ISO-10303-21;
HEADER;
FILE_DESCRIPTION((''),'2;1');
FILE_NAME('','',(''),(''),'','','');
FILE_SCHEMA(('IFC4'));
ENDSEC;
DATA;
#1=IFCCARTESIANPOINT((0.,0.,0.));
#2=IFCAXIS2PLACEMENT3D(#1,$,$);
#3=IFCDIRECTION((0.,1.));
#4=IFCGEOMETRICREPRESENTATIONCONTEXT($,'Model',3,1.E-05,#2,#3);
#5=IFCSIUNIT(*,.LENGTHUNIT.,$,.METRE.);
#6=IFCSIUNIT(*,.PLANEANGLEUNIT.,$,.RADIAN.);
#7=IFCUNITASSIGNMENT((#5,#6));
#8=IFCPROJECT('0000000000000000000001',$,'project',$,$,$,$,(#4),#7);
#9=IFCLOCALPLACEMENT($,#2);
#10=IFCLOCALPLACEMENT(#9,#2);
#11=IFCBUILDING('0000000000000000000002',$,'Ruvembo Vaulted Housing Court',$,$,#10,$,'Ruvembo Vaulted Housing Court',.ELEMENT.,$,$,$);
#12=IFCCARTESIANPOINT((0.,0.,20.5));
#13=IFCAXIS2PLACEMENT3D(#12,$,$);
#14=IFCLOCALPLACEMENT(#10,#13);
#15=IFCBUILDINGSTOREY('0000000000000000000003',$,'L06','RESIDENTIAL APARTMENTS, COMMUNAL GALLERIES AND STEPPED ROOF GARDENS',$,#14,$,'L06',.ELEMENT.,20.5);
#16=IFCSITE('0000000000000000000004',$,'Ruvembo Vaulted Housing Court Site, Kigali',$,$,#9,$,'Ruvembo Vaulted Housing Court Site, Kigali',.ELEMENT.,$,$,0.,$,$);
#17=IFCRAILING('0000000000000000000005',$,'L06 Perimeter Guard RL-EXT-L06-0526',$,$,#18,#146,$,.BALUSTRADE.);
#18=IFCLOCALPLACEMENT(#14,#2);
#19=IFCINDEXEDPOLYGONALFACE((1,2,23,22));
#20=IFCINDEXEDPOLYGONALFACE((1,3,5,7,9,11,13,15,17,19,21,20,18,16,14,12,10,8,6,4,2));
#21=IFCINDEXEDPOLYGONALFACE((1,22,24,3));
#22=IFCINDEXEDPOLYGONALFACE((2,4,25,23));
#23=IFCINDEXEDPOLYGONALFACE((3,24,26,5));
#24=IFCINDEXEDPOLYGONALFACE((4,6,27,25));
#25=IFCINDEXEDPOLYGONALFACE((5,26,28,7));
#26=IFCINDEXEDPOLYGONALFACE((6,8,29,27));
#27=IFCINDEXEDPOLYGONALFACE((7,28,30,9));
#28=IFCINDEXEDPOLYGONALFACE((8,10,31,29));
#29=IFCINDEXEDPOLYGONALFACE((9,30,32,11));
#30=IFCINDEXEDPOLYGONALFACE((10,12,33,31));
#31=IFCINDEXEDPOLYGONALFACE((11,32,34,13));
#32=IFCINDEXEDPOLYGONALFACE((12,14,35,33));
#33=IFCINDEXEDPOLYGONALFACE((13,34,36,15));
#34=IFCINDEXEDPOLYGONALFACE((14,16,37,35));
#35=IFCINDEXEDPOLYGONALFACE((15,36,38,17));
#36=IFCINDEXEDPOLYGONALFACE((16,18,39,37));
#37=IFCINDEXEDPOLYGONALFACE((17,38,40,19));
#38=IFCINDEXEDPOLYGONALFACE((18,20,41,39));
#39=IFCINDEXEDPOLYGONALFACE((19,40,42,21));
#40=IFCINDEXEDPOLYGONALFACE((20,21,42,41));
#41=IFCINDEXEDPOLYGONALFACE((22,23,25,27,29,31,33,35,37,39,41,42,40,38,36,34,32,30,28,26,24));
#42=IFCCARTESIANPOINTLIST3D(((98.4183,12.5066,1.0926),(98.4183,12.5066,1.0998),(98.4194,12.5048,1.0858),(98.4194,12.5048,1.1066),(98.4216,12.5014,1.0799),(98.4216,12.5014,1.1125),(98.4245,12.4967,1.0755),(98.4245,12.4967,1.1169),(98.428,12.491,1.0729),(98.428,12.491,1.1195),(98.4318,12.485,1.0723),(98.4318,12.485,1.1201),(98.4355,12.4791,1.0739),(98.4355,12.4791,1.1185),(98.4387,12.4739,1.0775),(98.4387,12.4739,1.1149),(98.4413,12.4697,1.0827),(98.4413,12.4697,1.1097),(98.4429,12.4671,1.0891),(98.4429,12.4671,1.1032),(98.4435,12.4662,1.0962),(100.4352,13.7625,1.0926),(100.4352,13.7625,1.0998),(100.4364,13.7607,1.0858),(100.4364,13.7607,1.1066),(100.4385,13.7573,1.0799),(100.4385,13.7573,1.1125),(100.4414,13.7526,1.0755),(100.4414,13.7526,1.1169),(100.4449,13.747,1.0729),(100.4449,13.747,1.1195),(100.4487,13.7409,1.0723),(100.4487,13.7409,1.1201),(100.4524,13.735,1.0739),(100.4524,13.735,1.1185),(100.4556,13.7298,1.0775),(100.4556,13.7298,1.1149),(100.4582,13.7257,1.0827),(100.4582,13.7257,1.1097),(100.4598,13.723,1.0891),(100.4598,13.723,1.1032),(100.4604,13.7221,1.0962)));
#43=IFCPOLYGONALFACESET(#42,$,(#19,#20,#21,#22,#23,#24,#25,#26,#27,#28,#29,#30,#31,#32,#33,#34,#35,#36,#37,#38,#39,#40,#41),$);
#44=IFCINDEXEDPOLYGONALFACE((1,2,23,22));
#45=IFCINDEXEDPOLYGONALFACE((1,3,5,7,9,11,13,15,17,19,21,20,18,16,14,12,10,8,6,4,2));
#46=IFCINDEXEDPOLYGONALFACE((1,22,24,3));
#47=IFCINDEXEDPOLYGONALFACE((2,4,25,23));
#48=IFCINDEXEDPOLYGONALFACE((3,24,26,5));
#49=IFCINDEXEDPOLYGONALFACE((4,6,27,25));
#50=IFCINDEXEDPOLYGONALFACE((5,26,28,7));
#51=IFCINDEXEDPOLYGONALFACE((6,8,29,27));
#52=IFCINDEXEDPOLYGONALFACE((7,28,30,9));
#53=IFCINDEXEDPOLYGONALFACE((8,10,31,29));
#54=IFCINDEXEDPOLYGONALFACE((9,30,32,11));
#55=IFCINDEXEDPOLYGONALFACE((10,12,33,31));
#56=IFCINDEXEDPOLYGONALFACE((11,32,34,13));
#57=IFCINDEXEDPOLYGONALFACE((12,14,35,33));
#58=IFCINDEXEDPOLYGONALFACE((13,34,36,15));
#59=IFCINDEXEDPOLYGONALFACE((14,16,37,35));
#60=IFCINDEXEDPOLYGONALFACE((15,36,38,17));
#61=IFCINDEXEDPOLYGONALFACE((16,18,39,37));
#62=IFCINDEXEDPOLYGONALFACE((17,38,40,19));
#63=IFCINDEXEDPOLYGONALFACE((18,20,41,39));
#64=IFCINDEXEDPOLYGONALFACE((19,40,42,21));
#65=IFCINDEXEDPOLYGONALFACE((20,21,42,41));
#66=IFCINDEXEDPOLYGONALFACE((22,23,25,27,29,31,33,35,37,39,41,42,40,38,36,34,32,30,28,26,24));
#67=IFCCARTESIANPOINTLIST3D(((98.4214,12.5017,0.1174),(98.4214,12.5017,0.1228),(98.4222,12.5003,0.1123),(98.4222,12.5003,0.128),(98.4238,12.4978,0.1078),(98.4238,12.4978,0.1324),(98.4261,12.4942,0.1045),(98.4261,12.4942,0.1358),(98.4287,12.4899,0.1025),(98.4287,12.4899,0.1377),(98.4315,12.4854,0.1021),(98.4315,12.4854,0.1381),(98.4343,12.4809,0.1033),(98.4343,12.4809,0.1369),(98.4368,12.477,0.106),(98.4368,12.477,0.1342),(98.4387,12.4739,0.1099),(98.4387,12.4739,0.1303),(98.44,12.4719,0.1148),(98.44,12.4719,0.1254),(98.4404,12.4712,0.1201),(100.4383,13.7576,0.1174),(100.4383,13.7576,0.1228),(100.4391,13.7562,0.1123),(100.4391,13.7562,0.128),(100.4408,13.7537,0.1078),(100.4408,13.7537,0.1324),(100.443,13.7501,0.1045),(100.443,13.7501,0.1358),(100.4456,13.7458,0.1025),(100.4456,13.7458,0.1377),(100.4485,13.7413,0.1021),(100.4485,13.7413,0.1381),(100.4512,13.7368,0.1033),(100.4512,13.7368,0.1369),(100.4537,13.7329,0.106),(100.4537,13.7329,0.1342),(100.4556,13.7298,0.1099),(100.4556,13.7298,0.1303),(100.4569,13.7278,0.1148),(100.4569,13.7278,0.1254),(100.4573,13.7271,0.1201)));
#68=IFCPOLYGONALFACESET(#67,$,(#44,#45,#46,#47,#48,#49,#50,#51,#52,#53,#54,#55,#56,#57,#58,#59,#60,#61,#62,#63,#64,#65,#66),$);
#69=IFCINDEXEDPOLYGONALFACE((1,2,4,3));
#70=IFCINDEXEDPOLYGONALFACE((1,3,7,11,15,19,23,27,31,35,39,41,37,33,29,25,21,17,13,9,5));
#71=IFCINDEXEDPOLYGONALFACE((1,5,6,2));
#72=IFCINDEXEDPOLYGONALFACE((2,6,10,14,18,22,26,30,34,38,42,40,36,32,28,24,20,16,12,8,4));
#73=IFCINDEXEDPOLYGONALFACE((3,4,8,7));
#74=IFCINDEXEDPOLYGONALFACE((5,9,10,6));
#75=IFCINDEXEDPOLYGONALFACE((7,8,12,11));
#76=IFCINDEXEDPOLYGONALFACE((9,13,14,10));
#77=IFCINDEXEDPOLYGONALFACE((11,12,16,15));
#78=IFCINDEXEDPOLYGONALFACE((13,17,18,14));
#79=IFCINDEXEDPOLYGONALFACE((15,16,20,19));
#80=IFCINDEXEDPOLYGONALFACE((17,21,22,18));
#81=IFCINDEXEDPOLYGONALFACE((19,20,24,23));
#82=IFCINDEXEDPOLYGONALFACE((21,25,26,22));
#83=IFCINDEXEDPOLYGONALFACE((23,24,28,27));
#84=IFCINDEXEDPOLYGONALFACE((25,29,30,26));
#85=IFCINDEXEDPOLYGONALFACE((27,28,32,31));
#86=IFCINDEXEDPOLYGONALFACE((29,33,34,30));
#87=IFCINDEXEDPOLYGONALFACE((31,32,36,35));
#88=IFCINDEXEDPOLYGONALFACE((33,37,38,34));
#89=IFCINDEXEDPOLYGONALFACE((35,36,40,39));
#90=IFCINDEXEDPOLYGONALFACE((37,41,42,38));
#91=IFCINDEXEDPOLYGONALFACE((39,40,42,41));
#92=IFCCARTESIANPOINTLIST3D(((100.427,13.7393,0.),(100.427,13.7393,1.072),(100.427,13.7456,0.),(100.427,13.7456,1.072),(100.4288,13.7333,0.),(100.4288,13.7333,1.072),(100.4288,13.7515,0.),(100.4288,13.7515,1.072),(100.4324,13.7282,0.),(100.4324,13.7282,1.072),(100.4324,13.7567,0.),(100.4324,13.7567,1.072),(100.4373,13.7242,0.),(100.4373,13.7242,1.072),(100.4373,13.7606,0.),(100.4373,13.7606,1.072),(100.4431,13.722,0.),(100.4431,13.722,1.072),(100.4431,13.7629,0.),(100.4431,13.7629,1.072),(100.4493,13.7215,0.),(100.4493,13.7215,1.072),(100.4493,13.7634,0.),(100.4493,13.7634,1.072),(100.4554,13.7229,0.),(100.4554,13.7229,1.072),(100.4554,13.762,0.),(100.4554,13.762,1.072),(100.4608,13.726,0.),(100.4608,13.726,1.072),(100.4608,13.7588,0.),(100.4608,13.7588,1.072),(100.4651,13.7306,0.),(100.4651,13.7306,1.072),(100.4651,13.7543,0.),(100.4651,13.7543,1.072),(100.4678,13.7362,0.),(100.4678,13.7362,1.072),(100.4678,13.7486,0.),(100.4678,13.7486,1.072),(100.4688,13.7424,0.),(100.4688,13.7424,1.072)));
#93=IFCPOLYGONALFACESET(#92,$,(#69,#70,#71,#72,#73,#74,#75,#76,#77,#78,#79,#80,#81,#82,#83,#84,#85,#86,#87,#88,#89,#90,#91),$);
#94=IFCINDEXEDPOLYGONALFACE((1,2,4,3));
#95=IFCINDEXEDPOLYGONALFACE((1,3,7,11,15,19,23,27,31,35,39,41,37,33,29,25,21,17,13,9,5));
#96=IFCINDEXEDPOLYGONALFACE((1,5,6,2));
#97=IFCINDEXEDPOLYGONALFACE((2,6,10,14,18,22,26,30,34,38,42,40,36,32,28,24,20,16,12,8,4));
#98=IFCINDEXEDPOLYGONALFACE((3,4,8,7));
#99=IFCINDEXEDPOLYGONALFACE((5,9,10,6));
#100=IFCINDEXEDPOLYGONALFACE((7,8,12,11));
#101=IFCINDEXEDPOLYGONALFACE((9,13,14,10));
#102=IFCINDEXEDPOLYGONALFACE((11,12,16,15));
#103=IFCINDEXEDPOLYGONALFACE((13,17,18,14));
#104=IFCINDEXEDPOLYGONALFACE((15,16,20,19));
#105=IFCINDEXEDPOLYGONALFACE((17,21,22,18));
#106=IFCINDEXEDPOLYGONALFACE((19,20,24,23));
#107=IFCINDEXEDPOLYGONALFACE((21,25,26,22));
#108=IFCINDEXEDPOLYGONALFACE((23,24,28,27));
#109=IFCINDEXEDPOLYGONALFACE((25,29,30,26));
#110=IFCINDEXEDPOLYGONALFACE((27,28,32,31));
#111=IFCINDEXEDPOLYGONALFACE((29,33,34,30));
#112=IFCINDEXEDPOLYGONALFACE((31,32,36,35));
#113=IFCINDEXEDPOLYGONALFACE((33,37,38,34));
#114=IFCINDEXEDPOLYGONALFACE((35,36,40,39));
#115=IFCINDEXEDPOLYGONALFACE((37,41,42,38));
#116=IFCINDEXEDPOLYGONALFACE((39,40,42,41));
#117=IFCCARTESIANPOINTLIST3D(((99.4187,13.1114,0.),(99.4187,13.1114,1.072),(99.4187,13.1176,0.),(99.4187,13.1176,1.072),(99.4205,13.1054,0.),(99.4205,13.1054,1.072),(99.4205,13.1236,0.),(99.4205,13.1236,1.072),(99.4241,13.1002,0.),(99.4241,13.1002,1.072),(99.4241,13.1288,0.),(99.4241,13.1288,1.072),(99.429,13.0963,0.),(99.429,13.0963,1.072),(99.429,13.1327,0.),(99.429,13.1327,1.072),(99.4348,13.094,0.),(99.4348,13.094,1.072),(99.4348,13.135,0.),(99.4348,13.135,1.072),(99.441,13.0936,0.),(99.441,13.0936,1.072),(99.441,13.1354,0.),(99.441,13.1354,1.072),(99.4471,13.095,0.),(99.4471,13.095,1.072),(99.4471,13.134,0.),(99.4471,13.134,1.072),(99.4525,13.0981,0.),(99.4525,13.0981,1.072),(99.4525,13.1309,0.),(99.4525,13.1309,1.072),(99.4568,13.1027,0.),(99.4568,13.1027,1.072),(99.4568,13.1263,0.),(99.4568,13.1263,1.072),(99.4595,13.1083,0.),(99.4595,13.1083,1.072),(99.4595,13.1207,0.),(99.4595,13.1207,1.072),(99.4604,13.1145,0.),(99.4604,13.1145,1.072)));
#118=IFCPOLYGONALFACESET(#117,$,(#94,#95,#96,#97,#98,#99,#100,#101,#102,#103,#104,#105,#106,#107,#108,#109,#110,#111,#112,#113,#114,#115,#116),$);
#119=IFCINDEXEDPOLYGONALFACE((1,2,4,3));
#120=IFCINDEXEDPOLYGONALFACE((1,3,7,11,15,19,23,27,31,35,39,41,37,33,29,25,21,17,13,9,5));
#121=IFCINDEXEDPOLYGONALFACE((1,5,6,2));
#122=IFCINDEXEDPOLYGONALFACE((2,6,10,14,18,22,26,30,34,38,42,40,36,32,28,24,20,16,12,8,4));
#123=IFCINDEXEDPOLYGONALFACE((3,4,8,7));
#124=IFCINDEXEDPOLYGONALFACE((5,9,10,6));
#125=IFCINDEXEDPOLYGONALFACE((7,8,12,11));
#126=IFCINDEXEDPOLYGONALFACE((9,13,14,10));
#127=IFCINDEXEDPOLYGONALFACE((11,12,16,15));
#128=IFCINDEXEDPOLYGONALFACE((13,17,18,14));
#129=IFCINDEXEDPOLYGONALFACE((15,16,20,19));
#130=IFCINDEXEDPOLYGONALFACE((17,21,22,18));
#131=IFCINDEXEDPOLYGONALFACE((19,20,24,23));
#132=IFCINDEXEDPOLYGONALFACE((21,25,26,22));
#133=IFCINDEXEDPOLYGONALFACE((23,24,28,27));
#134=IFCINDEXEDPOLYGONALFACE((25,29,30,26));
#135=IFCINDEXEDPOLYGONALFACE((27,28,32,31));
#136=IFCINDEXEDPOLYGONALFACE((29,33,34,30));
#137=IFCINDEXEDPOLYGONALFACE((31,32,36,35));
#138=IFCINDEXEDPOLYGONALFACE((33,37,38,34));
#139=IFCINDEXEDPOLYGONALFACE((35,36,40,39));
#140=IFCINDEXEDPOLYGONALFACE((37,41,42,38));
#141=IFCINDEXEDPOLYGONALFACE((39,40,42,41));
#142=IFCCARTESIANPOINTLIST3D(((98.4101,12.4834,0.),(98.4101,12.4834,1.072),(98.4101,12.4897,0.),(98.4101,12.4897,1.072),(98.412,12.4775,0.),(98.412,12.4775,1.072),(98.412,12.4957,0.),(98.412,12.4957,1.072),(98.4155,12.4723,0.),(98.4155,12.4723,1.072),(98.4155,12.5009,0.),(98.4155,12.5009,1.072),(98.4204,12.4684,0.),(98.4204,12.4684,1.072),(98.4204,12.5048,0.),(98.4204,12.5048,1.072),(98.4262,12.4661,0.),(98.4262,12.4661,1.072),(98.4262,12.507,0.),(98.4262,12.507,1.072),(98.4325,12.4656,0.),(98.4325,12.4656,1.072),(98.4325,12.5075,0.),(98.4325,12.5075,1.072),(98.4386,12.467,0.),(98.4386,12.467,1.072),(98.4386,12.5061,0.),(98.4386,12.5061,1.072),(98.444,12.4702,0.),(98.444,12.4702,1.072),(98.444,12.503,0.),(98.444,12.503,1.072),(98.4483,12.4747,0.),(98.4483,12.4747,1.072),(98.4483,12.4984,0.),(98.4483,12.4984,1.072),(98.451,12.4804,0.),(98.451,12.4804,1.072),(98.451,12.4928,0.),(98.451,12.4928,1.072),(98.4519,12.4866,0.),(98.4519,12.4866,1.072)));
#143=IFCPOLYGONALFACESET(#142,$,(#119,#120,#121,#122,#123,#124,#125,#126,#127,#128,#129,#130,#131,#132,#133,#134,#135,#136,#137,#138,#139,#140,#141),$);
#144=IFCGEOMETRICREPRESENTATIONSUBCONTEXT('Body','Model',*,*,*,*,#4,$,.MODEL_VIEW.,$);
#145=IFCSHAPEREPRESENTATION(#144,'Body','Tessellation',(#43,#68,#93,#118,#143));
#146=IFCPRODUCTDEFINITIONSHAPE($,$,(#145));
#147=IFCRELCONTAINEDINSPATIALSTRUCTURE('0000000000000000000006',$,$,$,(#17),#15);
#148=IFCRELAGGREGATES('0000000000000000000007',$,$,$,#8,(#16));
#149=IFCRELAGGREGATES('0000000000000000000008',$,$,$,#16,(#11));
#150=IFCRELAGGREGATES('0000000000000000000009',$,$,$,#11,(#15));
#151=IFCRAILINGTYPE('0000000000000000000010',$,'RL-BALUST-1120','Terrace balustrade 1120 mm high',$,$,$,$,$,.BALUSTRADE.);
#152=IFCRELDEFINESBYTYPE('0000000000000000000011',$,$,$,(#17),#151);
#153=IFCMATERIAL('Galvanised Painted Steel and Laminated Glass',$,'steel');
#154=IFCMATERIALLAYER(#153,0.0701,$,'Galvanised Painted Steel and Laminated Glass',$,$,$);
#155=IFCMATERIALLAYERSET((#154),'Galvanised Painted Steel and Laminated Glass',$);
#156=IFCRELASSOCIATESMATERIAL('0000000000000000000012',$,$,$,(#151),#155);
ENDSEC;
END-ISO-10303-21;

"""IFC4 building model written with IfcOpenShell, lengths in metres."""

from ifc_helpers import new_model, si_unit, direction, frame, origin, origin_2d, place, context, subcontext, project, spatial, circle, extrude, material, layer, layer_set, type_object, element, save


model = new_model("IFC4")

# Units and contexts
model_context = context("Model", 3, precision=1e-05, world=origin(), true_north=direction((0.0, 1.0)))
body_context = subcontext(model_context, "Body", "Model", "MODEL_VIEW")
ifc_project = project(units=[si_unit("LENGTHUNIT", "METRE"), si_unit("PLANEANGLEUNIT", "RADIAN")], contexts=[model_context])

# Site, building, storey
site_placement = place(None, origin())
site = spatial("IfcSite", under=ifc_project, at=site_placement, Name="Ruvembo Vaulted Housing Court Site, Kigali", LongName="Ruvembo Vaulted Housing Court Site, Kigali", CompositionType="ELEMENT", RefElevation=0.0)
building_placement = place(site_placement, origin())
building = spatial("IfcBuilding", under=site, at=building_placement, Name="Ruvembo Vaulted Housing Court", LongName="Ruvembo Vaulted Housing Court", CompositionType="ELEMENT")
storey_placement = place(building_placement, frame((0.0, 0.0, 20.5)))
storey = spatial("IfcBuildingStorey", under=building, at=storey_placement, Name="L06", Description="RESIDENTIAL APARTMENTS, COMMUNAL GALLERIES AND STEPPED ROOF GARDENS", LongName="L06", CompositionType="ELEMENT", Elevation=20.5)

# Railing
ifc_material_1 = material(Name="Galvanised Painted Steel and Laminated Glass", Category="steel")
ifc_layer_1 = layer(ifc_material_1, 0.0701, Name="Galvanised Painted Steel and Laminated Glass")
ifc_layer_set_1 = layer_set([ifc_layer_1], Name="Galvanised Painted Steel and Laminated Glass")
railing_type = type_object("IfcRailingType", Name="RL-BALUST-1120", Description="Terrace balustrade 1120 mm high", PredefinedType="BALUSTRADE", material=ifc_layer_set_1)
railing_1_placement = place(storey_placement, frame((100.4478, 13.7424, 0.0)))
element("IfcRailing", 1, at=railing_1_placement, inside=storey, type_object=railing_type, Name="L06 Perimeter Guard RL-EXT-L06-0526", PredefinedType="BALUSTRADE", context=body_context, shape_type="SweptSolid", body=[
    extrude(circle(Radius=0.0239, at=origin_2d()), frame((0.0, 0.0, 1.0962), z_axis=(-0.84888, -0.528585, 0.0), x_axis=(0.528585, -0.84888, 0.0)), (0.0, 0.0, 1.0), 2.376),
    extrude(circle(Radius=0.0181, at=origin_2d()), frame((0.0, 0.0, 0.1201), z_axis=(-0.84888, -0.528585, 0.0), x_axis=(0.528585, -0.84888, 0.0)), (0.0, 0.0, 1.0), 2.376),
    extrude(circle(Radius=0.021, at=origin_2d()), origin(), (0.0, 0.0, 1.0), 1.072),
    extrude(circle(Radius=0.021, at=origin_2d()), frame((-1.0083, -0.6279, 0.0)), (0.0, 0.0, 1.0), 1.072),
    extrude(circle(Radius=0.021, at=origin_2d()), frame((-2.0168, -1.2559, 0.0)), (0.0, 0.0, 1.0), 1.072),
])

save(model, "model.ifc")
